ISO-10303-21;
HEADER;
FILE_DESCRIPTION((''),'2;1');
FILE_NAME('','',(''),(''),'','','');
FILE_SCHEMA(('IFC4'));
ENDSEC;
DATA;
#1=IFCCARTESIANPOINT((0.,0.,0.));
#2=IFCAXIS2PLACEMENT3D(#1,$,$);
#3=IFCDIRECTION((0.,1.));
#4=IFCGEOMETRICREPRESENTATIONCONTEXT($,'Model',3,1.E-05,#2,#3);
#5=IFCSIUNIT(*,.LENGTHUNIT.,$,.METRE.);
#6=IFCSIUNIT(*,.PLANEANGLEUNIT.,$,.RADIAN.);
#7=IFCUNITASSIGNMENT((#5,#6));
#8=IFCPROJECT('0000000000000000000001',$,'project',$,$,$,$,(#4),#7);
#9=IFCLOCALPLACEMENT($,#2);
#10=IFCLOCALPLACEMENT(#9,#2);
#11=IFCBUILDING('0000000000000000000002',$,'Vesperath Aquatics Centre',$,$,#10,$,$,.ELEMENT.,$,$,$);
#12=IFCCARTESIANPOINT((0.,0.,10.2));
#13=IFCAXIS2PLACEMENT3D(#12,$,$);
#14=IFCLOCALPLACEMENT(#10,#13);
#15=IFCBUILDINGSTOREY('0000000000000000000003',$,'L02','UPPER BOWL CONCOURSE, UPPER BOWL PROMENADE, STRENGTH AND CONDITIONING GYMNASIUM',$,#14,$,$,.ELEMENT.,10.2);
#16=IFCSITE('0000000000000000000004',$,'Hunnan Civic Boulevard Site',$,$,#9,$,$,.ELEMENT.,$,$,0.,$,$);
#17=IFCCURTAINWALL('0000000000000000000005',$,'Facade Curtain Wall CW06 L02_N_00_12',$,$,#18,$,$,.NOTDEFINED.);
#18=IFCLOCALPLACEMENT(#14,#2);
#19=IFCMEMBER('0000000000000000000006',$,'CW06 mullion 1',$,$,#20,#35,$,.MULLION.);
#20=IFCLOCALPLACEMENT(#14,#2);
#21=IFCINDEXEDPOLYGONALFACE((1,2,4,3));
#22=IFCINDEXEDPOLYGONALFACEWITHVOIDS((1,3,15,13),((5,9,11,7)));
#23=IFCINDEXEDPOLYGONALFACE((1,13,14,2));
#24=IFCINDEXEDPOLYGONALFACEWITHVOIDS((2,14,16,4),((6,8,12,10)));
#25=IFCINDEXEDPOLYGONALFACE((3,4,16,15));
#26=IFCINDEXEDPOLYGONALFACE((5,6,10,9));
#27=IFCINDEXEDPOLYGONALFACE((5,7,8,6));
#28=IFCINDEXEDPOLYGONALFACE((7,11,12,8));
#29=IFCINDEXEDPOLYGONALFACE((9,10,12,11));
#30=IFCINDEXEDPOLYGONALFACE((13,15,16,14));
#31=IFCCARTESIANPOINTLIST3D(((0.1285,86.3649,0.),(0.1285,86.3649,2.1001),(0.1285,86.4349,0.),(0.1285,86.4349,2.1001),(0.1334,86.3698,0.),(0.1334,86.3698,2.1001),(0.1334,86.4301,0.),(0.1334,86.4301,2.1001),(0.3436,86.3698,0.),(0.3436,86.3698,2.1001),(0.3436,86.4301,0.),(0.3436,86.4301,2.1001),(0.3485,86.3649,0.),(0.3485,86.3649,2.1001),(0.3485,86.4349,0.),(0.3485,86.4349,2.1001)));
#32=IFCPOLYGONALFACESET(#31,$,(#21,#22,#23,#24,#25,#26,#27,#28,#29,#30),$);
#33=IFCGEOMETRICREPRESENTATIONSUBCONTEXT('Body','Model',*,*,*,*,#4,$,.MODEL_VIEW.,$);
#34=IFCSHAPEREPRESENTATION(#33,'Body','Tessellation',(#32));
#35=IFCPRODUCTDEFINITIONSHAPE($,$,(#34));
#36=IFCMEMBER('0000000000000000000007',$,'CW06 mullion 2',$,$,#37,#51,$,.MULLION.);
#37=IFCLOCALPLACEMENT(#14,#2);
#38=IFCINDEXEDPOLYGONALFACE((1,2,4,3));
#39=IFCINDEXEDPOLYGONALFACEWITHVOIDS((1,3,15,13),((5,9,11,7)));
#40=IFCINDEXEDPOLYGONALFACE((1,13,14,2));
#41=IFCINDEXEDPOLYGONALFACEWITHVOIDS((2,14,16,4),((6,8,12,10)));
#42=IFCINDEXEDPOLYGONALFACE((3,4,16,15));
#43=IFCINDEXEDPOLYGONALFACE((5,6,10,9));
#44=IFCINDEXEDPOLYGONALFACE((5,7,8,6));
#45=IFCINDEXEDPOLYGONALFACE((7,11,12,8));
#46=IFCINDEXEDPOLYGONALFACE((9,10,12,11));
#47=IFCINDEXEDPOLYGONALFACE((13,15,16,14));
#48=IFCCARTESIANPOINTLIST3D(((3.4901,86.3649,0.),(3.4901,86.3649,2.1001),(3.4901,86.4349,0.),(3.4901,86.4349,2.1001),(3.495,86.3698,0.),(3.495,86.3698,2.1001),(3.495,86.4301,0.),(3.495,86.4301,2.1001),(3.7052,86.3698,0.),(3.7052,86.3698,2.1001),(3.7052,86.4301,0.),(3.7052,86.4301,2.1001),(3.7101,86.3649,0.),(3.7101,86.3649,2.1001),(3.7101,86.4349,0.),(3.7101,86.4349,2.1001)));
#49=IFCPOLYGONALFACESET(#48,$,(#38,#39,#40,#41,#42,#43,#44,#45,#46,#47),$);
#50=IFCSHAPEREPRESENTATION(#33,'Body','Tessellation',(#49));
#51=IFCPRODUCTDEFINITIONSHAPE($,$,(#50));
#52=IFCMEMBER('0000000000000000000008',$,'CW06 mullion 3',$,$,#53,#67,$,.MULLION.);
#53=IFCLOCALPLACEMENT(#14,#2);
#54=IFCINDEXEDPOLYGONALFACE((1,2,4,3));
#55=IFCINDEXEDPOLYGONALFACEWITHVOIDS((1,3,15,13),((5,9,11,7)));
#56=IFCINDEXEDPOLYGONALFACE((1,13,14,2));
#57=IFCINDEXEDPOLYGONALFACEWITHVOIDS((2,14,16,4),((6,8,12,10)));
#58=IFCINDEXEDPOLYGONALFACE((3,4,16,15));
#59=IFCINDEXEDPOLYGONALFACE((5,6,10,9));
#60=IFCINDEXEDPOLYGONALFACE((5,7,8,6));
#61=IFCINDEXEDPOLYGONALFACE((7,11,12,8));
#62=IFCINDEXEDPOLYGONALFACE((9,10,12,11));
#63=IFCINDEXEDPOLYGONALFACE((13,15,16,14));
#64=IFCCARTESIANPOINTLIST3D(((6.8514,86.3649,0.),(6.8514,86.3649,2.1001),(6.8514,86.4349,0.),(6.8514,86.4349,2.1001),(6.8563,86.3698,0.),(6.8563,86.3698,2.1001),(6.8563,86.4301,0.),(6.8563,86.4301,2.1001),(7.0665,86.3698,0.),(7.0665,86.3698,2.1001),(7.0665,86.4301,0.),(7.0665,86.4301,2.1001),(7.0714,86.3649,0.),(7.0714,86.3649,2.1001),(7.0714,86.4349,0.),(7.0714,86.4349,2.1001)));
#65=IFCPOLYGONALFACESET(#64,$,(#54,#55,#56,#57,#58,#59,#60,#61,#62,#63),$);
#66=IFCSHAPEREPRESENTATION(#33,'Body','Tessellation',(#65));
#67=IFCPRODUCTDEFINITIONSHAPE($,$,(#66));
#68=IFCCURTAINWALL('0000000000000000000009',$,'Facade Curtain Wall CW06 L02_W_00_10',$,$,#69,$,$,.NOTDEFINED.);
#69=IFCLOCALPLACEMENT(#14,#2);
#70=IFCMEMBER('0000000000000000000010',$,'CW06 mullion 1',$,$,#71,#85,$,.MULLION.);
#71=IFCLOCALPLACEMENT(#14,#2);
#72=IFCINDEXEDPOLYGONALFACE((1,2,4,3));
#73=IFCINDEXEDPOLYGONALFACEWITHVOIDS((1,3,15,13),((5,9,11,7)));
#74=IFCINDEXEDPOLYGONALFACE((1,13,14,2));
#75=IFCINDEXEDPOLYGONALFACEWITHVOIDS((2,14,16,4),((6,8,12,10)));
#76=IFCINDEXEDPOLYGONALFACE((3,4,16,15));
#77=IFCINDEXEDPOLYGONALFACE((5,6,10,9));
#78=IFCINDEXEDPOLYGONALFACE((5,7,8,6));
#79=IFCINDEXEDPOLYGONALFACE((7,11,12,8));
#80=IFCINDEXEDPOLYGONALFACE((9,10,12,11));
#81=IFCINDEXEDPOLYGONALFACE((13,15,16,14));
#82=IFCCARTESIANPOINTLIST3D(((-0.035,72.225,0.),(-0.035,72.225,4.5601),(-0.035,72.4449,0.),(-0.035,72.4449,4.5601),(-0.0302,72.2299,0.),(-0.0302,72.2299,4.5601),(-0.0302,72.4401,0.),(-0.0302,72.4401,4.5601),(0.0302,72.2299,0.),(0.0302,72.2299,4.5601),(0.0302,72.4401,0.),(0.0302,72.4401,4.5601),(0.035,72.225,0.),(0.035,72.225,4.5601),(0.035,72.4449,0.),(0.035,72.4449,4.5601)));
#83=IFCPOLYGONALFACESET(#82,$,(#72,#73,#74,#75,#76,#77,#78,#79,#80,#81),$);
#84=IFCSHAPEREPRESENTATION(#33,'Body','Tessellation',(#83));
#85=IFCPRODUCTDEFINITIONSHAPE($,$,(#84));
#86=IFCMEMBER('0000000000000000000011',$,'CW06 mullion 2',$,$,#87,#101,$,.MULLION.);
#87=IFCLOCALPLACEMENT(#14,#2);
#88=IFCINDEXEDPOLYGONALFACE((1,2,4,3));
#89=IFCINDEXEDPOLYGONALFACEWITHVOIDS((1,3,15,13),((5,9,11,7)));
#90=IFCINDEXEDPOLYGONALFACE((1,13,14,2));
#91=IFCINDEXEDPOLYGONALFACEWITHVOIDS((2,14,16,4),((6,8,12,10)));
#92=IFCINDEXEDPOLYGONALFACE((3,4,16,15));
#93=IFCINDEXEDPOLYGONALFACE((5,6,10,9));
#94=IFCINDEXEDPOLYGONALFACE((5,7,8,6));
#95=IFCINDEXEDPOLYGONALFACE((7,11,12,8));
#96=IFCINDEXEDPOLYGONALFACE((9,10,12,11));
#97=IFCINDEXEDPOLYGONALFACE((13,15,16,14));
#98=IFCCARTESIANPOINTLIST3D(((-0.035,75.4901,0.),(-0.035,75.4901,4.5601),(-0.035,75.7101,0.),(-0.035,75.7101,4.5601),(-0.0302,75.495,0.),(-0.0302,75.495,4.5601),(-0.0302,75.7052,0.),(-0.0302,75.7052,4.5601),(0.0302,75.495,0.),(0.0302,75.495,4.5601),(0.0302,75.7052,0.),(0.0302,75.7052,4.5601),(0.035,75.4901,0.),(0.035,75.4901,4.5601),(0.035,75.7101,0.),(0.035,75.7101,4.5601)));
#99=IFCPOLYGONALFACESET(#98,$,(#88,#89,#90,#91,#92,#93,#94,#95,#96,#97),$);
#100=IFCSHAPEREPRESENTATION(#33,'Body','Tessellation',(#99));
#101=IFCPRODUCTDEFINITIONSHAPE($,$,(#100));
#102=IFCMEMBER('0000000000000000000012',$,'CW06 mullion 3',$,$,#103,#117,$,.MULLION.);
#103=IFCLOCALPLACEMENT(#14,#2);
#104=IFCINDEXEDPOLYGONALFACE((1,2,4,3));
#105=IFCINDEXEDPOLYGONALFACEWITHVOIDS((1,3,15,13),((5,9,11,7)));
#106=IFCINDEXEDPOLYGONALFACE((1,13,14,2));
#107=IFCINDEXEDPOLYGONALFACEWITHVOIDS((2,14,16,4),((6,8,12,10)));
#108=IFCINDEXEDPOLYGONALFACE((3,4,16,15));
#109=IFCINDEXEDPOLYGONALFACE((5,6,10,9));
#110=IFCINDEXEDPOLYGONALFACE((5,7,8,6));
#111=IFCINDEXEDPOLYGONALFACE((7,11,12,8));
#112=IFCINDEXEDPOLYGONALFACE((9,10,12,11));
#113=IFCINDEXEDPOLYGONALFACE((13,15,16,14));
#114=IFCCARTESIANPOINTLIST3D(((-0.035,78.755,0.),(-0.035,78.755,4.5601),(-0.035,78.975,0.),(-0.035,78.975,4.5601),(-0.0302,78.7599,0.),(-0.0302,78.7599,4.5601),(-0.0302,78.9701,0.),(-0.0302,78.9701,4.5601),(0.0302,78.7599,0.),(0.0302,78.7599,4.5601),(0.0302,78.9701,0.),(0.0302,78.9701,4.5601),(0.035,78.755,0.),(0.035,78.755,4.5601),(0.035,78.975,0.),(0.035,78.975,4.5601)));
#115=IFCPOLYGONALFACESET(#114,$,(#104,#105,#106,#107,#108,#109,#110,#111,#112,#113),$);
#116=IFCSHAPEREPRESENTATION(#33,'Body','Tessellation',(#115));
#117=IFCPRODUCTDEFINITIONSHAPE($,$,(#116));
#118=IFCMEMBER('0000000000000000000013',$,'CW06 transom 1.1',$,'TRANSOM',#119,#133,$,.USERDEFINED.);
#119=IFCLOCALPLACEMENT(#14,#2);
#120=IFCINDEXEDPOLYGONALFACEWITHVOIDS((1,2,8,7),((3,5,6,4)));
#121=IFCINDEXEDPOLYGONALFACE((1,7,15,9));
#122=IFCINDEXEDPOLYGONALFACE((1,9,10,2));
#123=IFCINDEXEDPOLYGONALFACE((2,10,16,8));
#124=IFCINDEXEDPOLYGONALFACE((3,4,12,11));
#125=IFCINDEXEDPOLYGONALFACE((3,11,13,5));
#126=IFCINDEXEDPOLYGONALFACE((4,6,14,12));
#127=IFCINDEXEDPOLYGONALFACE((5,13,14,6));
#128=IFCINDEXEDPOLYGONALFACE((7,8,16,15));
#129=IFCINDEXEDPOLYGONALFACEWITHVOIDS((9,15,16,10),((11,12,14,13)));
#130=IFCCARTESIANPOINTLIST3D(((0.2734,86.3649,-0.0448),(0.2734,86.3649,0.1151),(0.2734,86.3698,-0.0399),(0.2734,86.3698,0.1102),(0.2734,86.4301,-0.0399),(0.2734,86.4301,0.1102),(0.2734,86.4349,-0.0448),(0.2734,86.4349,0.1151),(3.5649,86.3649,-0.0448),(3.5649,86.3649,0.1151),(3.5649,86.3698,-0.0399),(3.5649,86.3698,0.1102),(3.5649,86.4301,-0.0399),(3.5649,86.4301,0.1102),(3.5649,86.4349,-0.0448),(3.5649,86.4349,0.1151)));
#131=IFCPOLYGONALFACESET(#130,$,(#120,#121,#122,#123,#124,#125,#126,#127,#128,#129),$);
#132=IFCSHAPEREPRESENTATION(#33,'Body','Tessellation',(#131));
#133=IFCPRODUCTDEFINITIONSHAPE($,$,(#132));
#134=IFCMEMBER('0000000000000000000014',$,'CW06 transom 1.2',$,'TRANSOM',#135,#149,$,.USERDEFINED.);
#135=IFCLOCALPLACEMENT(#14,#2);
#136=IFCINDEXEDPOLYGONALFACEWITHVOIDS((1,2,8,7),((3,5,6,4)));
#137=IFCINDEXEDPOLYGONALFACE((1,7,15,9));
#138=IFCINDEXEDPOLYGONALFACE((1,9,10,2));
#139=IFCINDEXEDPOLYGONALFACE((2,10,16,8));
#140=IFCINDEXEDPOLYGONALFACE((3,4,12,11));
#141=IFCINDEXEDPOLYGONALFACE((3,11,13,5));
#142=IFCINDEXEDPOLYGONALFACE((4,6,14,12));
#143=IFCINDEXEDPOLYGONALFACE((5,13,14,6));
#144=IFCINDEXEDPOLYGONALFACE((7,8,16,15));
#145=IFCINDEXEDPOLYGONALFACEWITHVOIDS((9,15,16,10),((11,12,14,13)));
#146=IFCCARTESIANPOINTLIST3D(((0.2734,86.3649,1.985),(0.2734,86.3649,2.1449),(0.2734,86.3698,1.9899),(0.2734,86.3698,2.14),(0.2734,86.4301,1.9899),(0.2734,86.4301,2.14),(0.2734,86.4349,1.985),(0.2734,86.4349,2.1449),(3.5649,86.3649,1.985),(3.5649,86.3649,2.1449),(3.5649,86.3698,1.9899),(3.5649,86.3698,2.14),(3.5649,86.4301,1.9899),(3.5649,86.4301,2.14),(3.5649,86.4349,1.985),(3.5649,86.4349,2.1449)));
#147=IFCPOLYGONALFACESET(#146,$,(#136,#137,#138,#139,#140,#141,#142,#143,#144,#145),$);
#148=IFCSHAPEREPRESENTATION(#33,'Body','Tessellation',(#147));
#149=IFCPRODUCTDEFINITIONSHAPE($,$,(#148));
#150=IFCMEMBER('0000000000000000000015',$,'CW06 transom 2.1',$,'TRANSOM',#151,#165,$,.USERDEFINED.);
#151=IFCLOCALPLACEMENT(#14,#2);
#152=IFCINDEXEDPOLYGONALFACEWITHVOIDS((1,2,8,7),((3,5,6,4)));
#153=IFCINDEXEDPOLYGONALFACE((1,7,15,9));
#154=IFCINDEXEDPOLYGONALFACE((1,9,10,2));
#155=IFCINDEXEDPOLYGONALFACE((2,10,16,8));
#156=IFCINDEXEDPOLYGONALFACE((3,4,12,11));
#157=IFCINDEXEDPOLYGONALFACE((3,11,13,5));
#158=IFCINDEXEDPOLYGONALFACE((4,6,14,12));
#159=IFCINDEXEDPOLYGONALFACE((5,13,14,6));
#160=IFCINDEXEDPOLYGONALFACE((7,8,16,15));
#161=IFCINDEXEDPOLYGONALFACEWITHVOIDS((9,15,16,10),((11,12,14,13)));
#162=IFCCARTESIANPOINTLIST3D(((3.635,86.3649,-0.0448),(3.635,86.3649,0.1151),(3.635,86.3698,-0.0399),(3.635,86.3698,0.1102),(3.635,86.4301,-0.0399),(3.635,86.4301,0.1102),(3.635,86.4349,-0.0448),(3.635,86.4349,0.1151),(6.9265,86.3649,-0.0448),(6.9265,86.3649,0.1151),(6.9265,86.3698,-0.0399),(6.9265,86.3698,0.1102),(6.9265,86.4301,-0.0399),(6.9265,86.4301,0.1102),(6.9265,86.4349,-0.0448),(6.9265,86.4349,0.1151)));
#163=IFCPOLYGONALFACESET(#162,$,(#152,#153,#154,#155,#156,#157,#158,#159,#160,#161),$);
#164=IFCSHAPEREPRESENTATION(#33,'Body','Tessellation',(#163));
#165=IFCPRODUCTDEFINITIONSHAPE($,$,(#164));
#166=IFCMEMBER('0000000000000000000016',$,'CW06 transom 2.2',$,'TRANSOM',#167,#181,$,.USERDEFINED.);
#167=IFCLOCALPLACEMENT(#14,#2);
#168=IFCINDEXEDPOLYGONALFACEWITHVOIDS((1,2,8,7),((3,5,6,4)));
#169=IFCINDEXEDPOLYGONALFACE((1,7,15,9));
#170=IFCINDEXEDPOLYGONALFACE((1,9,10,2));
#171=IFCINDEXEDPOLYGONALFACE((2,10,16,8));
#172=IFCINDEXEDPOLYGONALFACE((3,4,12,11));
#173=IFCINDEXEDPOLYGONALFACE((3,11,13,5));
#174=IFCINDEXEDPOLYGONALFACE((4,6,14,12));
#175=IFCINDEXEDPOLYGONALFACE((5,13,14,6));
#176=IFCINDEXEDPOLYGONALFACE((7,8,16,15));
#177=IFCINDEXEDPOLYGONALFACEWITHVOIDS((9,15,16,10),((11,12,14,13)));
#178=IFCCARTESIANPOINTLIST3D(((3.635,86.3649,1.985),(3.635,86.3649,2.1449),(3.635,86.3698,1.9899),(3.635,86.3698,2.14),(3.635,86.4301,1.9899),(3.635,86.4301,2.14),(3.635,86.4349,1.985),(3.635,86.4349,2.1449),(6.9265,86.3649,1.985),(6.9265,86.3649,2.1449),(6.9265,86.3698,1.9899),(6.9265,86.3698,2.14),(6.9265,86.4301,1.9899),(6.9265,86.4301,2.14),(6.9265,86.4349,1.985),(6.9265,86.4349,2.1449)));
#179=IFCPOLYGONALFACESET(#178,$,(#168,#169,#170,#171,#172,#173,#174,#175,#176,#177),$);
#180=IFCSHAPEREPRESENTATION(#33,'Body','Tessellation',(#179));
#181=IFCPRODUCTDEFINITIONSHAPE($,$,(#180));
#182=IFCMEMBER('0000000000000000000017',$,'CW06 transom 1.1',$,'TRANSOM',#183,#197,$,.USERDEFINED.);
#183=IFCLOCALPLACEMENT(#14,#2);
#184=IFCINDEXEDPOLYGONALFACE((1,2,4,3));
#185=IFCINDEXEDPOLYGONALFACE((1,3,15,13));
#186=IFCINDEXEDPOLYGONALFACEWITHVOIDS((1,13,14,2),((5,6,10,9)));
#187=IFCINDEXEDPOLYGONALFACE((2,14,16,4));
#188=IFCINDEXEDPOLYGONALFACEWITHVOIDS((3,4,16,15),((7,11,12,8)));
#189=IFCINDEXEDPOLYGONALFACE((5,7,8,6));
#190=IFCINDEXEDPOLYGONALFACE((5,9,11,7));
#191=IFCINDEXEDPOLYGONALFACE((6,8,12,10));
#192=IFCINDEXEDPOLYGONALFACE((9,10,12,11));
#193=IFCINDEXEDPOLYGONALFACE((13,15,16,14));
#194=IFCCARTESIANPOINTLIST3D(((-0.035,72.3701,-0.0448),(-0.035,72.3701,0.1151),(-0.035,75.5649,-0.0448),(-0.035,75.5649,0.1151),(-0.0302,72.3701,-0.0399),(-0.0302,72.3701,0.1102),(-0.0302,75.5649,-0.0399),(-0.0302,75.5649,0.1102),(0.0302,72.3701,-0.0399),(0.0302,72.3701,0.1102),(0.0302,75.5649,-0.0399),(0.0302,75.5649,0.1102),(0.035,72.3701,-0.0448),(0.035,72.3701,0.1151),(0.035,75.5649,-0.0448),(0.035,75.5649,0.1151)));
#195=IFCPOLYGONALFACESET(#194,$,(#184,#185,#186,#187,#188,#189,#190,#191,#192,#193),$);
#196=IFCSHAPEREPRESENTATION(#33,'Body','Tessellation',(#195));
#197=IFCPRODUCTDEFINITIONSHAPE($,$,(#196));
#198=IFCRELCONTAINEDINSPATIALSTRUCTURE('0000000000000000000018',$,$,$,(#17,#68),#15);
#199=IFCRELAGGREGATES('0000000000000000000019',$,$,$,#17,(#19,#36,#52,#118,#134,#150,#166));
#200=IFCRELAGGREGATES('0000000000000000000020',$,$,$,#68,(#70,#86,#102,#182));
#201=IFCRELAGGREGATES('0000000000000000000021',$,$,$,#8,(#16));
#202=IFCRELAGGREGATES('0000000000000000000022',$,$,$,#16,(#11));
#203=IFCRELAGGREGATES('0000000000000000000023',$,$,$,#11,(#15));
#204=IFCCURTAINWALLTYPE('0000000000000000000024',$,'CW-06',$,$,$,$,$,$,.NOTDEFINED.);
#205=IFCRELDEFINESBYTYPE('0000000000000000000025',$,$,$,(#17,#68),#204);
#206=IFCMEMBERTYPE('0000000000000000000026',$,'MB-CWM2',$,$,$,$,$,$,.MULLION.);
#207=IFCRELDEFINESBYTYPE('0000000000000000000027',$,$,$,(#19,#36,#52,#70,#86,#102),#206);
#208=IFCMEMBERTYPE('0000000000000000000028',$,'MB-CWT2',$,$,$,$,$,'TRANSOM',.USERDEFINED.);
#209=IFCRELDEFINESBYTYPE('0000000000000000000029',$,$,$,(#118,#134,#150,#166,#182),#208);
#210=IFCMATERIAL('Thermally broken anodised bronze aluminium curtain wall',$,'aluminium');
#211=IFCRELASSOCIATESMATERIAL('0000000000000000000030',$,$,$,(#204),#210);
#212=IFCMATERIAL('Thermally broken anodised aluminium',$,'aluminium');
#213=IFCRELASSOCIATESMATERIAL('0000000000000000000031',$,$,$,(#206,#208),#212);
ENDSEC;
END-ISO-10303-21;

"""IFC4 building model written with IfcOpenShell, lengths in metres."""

from ifc_helpers import new_model, si_unit, direction, frame, origin, origin_2d, place, context, subcontext, project, spatial, hollow_rectangle, extrude, material, material_profile, profile_set, type_object, element, aggregate, save


model = new_model("IFC4")

# Units and contexts
model_context = context("Model", 3, precision=1e-05, world=origin(), true_north=direction((0.0, 1.0)))
body_context = subcontext(model_context, "Body", "Model", "MODEL_VIEW")
ifc_project = project(units=[si_unit("LENGTHUNIT", "METRE"), si_unit("PLANEANGLEUNIT", "RADIAN")], contexts=[model_context])

# Site, building, storey
site_placement = place(None, origin())
site = spatial("IfcSite", under=ifc_project, at=site_placement, Name="Hunnan Civic Boulevard Site", CompositionType="ELEMENT", RefElevation=0.0)
building_placement = place(site_placement, origin())
building = spatial("IfcBuilding", under=site, at=building_placement, Name="Vesperath Aquatics Centre", CompositionType="ELEMENT")
storey_placement = place(building_placement, frame((0.0, 0.0, 10.2)))
storey = spatial("IfcBuildingStorey", under=building, at=storey_placement, Name="L02", Description="UPPER BOWL CONCOURSE, UPPER BOWL PROMENADE, STRENGTH AND CONDITIONING GYMNASIUM", CompositionType="ELEMENT", Elevation=10.2)

# Curtain walls, members
ifc_material_1 = material(Name="Thermally broken anodised bronze aluminium curtain wall", Category="aluminium")
curtain_wall_type = type_object("IfcCurtainWallType", Name="CW-06", PredefinedType="NOTDEFINED", material=ifc_material_1)
curtain_wall_1_placement = place(storey_placement, origin())
curtain_wall_1 = element("IfcCurtainWall", 1, at=curtain_wall_1_placement, inside=storey, type_object=curtain_wall_type, Name="Facade Curtain Wall CW06 L02_N_00_12", PredefinedType="NOTDEFINED")
ifc_material_2 = material(Name="Thermally broken anodised aluminium", Category="aluminium")
ifc_material_profile_1 = material_profile(ifc_material_2, hollow_rectangle(XDim=0.0701, YDim=0.22, WallThickness=0.0049, at=origin_2d()), Name="CWM 70x220x5")
ifc_profile_set_1 = profile_set([ifc_material_profile_1], Name="Thermally broken anodised aluminium")
member_type_1 = type_object("IfcMemberType", Name="MB-CWM2", PredefinedType="MULLION", material=ifc_profile_set_1)
member_1_placement = place(storey_placement, frame((0.2385, 86.3999, 0.0), z_axis=(0.0, 0.0, 1.0), x_axis=(0.0, 1.0, 0.0)))
member_1 = element("IfcMember", 2, at=member_1_placement, type_object=member_type_1, Name="CW06 mullion 1", PredefinedType="MULLION", context=body_context, shape_type="SweptSolid", body=[
    extrude(hollow_rectangle(XDim=0.0701, YDim=0.22, WallThickness=0.0049, at=origin_2d()), origin(), (0.0, 0.0, 1.0), 2.1001),
])
member_2_placement = place(storey_placement, frame((3.6001, 86.3999, 0.0), z_axis=(0.0, 0.0, 1.0), x_axis=(0.0, 1.0, 0.0)))
member_2 = element("IfcMember", 3, at=member_2_placement, type_object=member_type_1, Name="CW06 mullion 2", PredefinedType="MULLION", context=body_context, shape_type="SweptSolid", body=[
    extrude(hollow_rectangle(XDim=0.0701, YDim=0.22, WallThickness=0.0049, at=origin_2d()), origin(), (0.0, 0.0, 1.0), 2.1001),
])
member_3_placement = place(storey_placement, frame((6.9614, 86.3999, 0.0), z_axis=(0.0, 0.0, 1.0), x_axis=(0.0, 1.0, 0.0)))
member_3 = element("IfcMember", 4, at=member_3_placement, type_object=member_type_1, Name="CW06 mullion 3", PredefinedType="MULLION", context=body_context, shape_type="SweptSolid", body=[
    extrude(hollow_rectangle(XDim=0.0701, YDim=0.22, WallThickness=0.0049, at=origin_2d()), origin(), (0.0, 0.0, 1.0), 2.1001),
])
curtain_wall_2_placement = place(storey_placement, origin())
curtain_wall_2 = element("IfcCurtainWall", 5, at=curtain_wall_2_placement, inside=storey, type_object=curtain_wall_type, Name="Facade Curtain Wall CW06 L02_W_00_10", PredefinedType="NOTDEFINED")
member_4_placement = place(storey_placement, frame((0.0, 72.335, 0.0), z_axis=(0.0, 0.0, 1.0), x_axis=(-1.0, 0.0, 0.0)))
member_4 = element("IfcMember", 6, at=member_4_placement, type_object=member_type_1, Name="CW06 mullion 1", PredefinedType="MULLION", context=body_context, shape_type="SweptSolid", body=[
    extrude(hollow_rectangle(XDim=0.0701, YDim=0.22, WallThickness=0.0049, at=origin_2d()), origin(), (0.0, 0.0, 1.0), 4.5601),
])
member_5_placement = place(storey_placement, frame((0.0, 75.6001, 0.0), z_axis=(0.0, 0.0, 1.0), x_axis=(-1.0, 0.0, 0.0)))
member_5 = element("IfcMember", 7, at=member_5_placement, type_object=member_type_1, Name="CW06 mullion 2", PredefinedType="MULLION", context=body_context, shape_type="SweptSolid", body=[
    extrude(hollow_rectangle(XDim=0.0701, YDim=0.22, WallThickness=0.0049, at=origin_2d()), origin(), (0.0, 0.0, 1.0), 4.5601),
])
member_6_placement = place(storey_placement, frame((0.0, 78.865, 0.0), z_axis=(0.0, 0.0, 1.0), x_axis=(-1.0, 0.0, 0.0)))
member_6 = element("IfcMember", 8, at=member_6_placement, type_object=member_type_1, Name="CW06 mullion 3", PredefinedType="MULLION", context=body_context, shape_type="SweptSolid", body=[
    extrude(hollow_rectangle(XDim=0.0701, YDim=0.22, WallThickness=0.0049, at=origin_2d()), origin(), (0.0, 0.0, 1.0), 4.5601),
])

# Members
ifc_material_profile_2 = material_profile(ifc_material_2, hollow_rectangle(XDim=0.0701, YDim=0.1599, WallThickness=0.0049, at=origin_2d()), Name="CWT 70x160x5")
ifc_profile_set_2 = profile_set([ifc_material_profile_2], Name="Thermally broken anodised aluminium")
member_type_2 = type_object("IfcMemberType", Name="MB-CWT2", ElementType="TRANSOM", PredefinedType="USERDEFINED", material=ifc_profile_set_2)
member_7_placement = place(storey_placement, frame((0.2734, 86.3999, 0.0352), z_axis=(1.0, 0.0, 0.0), x_axis=(0.0, 1.0, 0.0)))
member_7 = element("IfcMember", 9, at=member_7_placement, type_object=member_type_2, Name="CW06 transom 1.1", ObjectType="TRANSOM", PredefinedType="USERDEFINED", context=body_context, shape_type="SweptSolid", body=[
    extrude(hollow_rectangle(XDim=0.0701, YDim=0.1599, WallThickness=0.0049, at=origin_2d()), origin(), (0.0, 0.0, 1.0), 3.2915),
])
member_8_placement = place(storey_placement, frame((0.2734, 86.3999, 2.0649), z_axis=(1.0, 0.0, 0.0), x_axis=(0.0, 1.0, 0.0)))
member_8 = element("IfcMember", 10, at=member_8_placement, type_object=member_type_2, Name="CW06 transom 1.2", ObjectType="TRANSOM", PredefinedType="USERDEFINED", context=body_context, shape_type="SweptSolid", body=[
    extrude(hollow_rectangle(XDim=0.0701, YDim=0.1599, WallThickness=0.0049, at=origin_2d()), origin(), (0.0, 0.0, 1.0), 3.2915),
])
member_9_placement = place(storey_placement, frame((3.635, 86.3999, 0.0352), z_axis=(1.0, 0.0, 0.0), x_axis=(0.0, 1.0, 0.0)))
member_9 = element("IfcMember", 11, at=member_9_placement, type_object=member_type_2, Name="CW06 transom 2.1", ObjectType="TRANSOM", PredefinedType="USERDEFINED", context=body_context, shape_type="SweptSolid", body=[
    extrude(hollow_rectangle(XDim=0.0701, YDim=0.1599, WallThickness=0.0049, at=origin_2d()), origin(), (0.0, 0.0, 1.0), 3.2915),
])
member_10_placement = place(storey_placement, frame((3.635, 86.3999, 2.0649), z_axis=(1.0, 0.0, 0.0), x_axis=(0.0, 1.0, 0.0)))
member_10 = element("IfcMember", 12, at=member_10_placement, type_object=member_type_2, Name="CW06 transom 2.2", ObjectType="TRANSOM", PredefinedType="USERDEFINED", context=body_context, shape_type="SweptSolid", body=[
    extrude(hollow_rectangle(XDim=0.0701, YDim=0.1599, WallThickness=0.0049, at=origin_2d()), origin(), (0.0, 0.0, 1.0), 3.2915),
])
member_11_placement = place(storey_placement, frame((0.0, 72.3701, 0.0352), z_axis=(0.0, 1.0, 0.0), x_axis=(-1.0, 0.0, 0.0)))
member_11 = element("IfcMember", 13, at=member_11_placement, type_object=member_type_2, Name="CW06 transom 1.1", ObjectType="TRANSOM", PredefinedType="USERDEFINED", context=body_context, shape_type="SweptSolid", body=[
    extrude(hollow_rectangle(XDim=0.0701, YDim=0.1599, WallThickness=0.0049, at=origin_2d()), origin(), (0.0, 0.0, 1.0), 3.1948),
])

aggregate(curtain_wall_1, [member_1, member_2, member_3, member_7, member_8, member_9, member_10])
aggregate(curtain_wall_2, [member_4, member_5, member_6, member_11])

save(model, "model.ifc")
